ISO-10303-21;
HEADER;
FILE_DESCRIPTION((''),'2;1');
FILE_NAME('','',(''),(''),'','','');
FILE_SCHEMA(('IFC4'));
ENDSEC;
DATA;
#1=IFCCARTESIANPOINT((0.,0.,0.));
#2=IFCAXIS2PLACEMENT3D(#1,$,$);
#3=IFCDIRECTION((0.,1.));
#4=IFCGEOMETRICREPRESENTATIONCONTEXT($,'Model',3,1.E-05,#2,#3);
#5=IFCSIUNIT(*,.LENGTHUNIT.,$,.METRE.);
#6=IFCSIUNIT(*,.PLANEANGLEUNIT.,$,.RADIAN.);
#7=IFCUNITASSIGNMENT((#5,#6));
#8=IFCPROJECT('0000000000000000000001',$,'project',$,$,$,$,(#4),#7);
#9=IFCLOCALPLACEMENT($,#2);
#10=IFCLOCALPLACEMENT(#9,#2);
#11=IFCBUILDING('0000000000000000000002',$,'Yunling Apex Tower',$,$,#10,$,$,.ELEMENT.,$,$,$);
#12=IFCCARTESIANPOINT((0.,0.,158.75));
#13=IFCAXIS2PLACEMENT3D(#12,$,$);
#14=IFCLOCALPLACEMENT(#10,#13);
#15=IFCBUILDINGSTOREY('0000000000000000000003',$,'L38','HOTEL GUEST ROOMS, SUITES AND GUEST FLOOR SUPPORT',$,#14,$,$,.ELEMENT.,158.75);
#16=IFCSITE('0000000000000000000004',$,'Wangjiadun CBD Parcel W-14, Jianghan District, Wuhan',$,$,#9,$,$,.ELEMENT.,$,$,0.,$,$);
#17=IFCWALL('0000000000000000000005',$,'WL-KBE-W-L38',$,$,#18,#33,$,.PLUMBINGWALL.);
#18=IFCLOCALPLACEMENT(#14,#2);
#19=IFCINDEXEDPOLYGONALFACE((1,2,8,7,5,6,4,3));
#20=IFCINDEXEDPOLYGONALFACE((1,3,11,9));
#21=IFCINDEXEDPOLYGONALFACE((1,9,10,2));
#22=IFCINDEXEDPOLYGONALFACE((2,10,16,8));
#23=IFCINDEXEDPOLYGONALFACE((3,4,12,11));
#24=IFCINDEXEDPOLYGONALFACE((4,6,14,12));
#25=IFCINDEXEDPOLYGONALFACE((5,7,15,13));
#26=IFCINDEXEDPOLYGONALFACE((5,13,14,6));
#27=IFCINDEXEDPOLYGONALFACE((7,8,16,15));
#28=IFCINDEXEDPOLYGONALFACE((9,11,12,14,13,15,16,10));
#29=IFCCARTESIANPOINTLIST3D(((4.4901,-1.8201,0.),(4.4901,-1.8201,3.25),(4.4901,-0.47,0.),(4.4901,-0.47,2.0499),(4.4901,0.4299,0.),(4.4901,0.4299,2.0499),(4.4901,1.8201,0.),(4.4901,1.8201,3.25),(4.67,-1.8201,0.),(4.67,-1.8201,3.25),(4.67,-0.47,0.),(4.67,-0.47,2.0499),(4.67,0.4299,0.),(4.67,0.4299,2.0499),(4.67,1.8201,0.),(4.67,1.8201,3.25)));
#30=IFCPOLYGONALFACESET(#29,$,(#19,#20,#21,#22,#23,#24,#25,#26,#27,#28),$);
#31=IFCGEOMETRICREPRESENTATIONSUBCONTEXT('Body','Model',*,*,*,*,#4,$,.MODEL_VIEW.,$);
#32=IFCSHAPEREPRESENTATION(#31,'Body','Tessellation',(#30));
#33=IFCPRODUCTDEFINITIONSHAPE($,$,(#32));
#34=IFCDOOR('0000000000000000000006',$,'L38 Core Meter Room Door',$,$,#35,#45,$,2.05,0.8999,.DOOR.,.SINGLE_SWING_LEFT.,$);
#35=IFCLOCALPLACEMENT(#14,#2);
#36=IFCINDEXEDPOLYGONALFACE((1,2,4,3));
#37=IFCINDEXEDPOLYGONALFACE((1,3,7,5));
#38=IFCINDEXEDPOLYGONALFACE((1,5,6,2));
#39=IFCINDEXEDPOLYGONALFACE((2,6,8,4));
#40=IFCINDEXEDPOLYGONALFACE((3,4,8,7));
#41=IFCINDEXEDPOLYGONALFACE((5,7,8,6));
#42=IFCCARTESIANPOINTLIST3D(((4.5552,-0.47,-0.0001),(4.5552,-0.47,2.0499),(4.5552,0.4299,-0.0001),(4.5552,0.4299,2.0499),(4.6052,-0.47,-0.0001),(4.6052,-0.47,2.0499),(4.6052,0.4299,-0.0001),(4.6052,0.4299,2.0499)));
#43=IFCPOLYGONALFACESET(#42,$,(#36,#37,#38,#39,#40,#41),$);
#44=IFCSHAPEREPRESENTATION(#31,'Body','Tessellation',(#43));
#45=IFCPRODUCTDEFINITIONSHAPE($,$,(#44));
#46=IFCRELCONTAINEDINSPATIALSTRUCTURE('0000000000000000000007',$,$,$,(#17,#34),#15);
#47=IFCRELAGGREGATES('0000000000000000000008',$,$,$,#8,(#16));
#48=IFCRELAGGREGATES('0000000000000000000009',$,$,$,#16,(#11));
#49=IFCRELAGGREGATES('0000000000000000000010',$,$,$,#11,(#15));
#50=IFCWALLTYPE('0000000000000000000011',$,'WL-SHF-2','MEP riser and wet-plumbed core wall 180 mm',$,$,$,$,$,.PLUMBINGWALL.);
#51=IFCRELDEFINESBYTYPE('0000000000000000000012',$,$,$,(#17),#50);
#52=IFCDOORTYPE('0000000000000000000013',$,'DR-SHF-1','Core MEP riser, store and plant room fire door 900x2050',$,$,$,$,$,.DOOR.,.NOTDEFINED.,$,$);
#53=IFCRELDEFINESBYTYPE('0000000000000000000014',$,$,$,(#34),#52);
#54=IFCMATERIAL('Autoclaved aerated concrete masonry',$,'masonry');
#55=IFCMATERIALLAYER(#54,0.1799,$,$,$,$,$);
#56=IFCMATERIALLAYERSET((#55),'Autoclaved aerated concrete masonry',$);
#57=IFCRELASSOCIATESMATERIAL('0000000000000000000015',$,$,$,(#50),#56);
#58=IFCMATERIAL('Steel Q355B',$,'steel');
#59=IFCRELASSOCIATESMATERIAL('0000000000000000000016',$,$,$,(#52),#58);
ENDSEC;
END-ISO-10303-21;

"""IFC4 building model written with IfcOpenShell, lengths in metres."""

from ifc_helpers import new_model, si_unit, direction, frame, frame_2d, origin, place, context, subcontext, project, spatial, rectangle, extrude, material, layer, layer_set, type_object, element, fill, save


model = new_model("IFC4")

# Units and contexts
model_context = context("Model", 3, precision=1e-05, world=origin(), true_north=direction((0.0, 1.0)))
body_context = subcontext(model_context, "Body", "Model", "MODEL_VIEW")
ifc_project = project(units=[si_unit("LENGTHUNIT", "METRE"), si_unit("PLANEANGLEUNIT", "RADIAN")], contexts=[model_context])

# Site, building, storey
site_placement = place(None, origin())
site = spatial("IfcSite", under=ifc_project, at=site_placement, Name="Wangjiadun CBD Parcel W-14, Jianghan District, Wuhan", CompositionType="ELEMENT", RefElevation=0.0)
building_placement = place(site_placement, origin())
building = spatial("IfcBuilding", under=site, at=building_placement, Name="Yunling Apex Tower", CompositionType="ELEMENT")
storey_placement = place(building_placement, frame((0.0, 0.0, 158.75)))
storey = spatial("IfcBuildingStorey", under=building, at=storey_placement, Name="L38", Description="HOTEL GUEST ROOMS, SUITES AND GUEST FLOOR SUPPORT", CompositionType="ELEMENT", Elevation=158.75)

# Shared definitions
ifc_material_1 = material(Name="Steel Q355B", Category="steel")

# Wall, opening, door
ifc_material_2 = material(Name="Autoclaved aerated concrete masonry", Category="masonry")
ifc_layer_1 = layer(ifc_material_2, 0.1799)
ifc_layer_set_1 = layer_set([ifc_layer_1], Name="Autoclaved aerated concrete masonry")
wall_type_1 = type_object("IfcWallType", Name="WL-SHF-2", Description="MEP riser and wet-plumbed core wall 180 mm", PredefinedType="PLUMBINGWALL", material=ifc_layer_set_1)
wall_1_placement = place(storey_placement, frame((4.5801, -1.8201, 0.0), z_axis=(0.0, 0.0, 1.0), x_axis=(0.0, 1.0, 0.0)))
wall_1 = element("IfcWall", 1, at=wall_1_placement, inside=storey, type_object=wall_type_1, Name="WL-KBE-W-L38", PredefinedType="PLUMBINGWALL", context=body_context, shape_type="SweptSolid", body=[
    extrude(rectangle(XDim=3.6401, YDim=0.1799, at=frame_2d((1.8201, 0.0))), origin(), (0.0, 0.0, 1.0), 3.25),
])
opening_1_placement = place(wall_1_placement, frame((1.3501, 0.0, 0.0)))
opening_1 = element("IfcOpeningElement", 2, at=opening_1_placement, cuts=wall_1, PredefinedType="OPENING", context=body_context, shape_type="SweptSolid", body=[
    extrude(rectangle(XDim=0.8999, YDim=2.05, at=frame_2d((0.45, 1.0249))), frame((0.0, 0.1001, 0.0), z_axis=(0.0, -1.0, 0.0), x_axis=(1.0, 0.0, 0.0)), (0.0, 0.0, 1.0), 0.2),
])
door_type_1 = type_object("IfcDoorType", Name="DR-SHF-1", Description="Core MEP riser, store and plant room fire door 900x2050", OperationType="NOTDEFINED", PredefinedType="DOOR", material=ifc_material_1)
door_1_placement = place(opening_1_placement, origin())
door_1 = element("IfcDoor", 3, at=door_1_placement, inside=storey, type_object=door_type_1, Name="L38 Core Meter Room Door", OperationType="SINGLE_SWING_LEFT", OverallHeight=2.05, OverallWidth=0.8999, PredefinedType="DOOR", context=body_context, shape_type="SweptSolid", body=[
    extrude(rectangle(XDim=0.8999, YDim=2.05, at=frame_2d((0.45, 1.0249))), frame((0.0, 0.0249, 0.0), z_axis=(0.0, -1.0, 0.0), x_axis=(1.0, 0.0, 0.0)), (0.0, 0.0, 1.0), 0.05),
])
fill(opening_1, door_1)

save(model, "model.ifc")
